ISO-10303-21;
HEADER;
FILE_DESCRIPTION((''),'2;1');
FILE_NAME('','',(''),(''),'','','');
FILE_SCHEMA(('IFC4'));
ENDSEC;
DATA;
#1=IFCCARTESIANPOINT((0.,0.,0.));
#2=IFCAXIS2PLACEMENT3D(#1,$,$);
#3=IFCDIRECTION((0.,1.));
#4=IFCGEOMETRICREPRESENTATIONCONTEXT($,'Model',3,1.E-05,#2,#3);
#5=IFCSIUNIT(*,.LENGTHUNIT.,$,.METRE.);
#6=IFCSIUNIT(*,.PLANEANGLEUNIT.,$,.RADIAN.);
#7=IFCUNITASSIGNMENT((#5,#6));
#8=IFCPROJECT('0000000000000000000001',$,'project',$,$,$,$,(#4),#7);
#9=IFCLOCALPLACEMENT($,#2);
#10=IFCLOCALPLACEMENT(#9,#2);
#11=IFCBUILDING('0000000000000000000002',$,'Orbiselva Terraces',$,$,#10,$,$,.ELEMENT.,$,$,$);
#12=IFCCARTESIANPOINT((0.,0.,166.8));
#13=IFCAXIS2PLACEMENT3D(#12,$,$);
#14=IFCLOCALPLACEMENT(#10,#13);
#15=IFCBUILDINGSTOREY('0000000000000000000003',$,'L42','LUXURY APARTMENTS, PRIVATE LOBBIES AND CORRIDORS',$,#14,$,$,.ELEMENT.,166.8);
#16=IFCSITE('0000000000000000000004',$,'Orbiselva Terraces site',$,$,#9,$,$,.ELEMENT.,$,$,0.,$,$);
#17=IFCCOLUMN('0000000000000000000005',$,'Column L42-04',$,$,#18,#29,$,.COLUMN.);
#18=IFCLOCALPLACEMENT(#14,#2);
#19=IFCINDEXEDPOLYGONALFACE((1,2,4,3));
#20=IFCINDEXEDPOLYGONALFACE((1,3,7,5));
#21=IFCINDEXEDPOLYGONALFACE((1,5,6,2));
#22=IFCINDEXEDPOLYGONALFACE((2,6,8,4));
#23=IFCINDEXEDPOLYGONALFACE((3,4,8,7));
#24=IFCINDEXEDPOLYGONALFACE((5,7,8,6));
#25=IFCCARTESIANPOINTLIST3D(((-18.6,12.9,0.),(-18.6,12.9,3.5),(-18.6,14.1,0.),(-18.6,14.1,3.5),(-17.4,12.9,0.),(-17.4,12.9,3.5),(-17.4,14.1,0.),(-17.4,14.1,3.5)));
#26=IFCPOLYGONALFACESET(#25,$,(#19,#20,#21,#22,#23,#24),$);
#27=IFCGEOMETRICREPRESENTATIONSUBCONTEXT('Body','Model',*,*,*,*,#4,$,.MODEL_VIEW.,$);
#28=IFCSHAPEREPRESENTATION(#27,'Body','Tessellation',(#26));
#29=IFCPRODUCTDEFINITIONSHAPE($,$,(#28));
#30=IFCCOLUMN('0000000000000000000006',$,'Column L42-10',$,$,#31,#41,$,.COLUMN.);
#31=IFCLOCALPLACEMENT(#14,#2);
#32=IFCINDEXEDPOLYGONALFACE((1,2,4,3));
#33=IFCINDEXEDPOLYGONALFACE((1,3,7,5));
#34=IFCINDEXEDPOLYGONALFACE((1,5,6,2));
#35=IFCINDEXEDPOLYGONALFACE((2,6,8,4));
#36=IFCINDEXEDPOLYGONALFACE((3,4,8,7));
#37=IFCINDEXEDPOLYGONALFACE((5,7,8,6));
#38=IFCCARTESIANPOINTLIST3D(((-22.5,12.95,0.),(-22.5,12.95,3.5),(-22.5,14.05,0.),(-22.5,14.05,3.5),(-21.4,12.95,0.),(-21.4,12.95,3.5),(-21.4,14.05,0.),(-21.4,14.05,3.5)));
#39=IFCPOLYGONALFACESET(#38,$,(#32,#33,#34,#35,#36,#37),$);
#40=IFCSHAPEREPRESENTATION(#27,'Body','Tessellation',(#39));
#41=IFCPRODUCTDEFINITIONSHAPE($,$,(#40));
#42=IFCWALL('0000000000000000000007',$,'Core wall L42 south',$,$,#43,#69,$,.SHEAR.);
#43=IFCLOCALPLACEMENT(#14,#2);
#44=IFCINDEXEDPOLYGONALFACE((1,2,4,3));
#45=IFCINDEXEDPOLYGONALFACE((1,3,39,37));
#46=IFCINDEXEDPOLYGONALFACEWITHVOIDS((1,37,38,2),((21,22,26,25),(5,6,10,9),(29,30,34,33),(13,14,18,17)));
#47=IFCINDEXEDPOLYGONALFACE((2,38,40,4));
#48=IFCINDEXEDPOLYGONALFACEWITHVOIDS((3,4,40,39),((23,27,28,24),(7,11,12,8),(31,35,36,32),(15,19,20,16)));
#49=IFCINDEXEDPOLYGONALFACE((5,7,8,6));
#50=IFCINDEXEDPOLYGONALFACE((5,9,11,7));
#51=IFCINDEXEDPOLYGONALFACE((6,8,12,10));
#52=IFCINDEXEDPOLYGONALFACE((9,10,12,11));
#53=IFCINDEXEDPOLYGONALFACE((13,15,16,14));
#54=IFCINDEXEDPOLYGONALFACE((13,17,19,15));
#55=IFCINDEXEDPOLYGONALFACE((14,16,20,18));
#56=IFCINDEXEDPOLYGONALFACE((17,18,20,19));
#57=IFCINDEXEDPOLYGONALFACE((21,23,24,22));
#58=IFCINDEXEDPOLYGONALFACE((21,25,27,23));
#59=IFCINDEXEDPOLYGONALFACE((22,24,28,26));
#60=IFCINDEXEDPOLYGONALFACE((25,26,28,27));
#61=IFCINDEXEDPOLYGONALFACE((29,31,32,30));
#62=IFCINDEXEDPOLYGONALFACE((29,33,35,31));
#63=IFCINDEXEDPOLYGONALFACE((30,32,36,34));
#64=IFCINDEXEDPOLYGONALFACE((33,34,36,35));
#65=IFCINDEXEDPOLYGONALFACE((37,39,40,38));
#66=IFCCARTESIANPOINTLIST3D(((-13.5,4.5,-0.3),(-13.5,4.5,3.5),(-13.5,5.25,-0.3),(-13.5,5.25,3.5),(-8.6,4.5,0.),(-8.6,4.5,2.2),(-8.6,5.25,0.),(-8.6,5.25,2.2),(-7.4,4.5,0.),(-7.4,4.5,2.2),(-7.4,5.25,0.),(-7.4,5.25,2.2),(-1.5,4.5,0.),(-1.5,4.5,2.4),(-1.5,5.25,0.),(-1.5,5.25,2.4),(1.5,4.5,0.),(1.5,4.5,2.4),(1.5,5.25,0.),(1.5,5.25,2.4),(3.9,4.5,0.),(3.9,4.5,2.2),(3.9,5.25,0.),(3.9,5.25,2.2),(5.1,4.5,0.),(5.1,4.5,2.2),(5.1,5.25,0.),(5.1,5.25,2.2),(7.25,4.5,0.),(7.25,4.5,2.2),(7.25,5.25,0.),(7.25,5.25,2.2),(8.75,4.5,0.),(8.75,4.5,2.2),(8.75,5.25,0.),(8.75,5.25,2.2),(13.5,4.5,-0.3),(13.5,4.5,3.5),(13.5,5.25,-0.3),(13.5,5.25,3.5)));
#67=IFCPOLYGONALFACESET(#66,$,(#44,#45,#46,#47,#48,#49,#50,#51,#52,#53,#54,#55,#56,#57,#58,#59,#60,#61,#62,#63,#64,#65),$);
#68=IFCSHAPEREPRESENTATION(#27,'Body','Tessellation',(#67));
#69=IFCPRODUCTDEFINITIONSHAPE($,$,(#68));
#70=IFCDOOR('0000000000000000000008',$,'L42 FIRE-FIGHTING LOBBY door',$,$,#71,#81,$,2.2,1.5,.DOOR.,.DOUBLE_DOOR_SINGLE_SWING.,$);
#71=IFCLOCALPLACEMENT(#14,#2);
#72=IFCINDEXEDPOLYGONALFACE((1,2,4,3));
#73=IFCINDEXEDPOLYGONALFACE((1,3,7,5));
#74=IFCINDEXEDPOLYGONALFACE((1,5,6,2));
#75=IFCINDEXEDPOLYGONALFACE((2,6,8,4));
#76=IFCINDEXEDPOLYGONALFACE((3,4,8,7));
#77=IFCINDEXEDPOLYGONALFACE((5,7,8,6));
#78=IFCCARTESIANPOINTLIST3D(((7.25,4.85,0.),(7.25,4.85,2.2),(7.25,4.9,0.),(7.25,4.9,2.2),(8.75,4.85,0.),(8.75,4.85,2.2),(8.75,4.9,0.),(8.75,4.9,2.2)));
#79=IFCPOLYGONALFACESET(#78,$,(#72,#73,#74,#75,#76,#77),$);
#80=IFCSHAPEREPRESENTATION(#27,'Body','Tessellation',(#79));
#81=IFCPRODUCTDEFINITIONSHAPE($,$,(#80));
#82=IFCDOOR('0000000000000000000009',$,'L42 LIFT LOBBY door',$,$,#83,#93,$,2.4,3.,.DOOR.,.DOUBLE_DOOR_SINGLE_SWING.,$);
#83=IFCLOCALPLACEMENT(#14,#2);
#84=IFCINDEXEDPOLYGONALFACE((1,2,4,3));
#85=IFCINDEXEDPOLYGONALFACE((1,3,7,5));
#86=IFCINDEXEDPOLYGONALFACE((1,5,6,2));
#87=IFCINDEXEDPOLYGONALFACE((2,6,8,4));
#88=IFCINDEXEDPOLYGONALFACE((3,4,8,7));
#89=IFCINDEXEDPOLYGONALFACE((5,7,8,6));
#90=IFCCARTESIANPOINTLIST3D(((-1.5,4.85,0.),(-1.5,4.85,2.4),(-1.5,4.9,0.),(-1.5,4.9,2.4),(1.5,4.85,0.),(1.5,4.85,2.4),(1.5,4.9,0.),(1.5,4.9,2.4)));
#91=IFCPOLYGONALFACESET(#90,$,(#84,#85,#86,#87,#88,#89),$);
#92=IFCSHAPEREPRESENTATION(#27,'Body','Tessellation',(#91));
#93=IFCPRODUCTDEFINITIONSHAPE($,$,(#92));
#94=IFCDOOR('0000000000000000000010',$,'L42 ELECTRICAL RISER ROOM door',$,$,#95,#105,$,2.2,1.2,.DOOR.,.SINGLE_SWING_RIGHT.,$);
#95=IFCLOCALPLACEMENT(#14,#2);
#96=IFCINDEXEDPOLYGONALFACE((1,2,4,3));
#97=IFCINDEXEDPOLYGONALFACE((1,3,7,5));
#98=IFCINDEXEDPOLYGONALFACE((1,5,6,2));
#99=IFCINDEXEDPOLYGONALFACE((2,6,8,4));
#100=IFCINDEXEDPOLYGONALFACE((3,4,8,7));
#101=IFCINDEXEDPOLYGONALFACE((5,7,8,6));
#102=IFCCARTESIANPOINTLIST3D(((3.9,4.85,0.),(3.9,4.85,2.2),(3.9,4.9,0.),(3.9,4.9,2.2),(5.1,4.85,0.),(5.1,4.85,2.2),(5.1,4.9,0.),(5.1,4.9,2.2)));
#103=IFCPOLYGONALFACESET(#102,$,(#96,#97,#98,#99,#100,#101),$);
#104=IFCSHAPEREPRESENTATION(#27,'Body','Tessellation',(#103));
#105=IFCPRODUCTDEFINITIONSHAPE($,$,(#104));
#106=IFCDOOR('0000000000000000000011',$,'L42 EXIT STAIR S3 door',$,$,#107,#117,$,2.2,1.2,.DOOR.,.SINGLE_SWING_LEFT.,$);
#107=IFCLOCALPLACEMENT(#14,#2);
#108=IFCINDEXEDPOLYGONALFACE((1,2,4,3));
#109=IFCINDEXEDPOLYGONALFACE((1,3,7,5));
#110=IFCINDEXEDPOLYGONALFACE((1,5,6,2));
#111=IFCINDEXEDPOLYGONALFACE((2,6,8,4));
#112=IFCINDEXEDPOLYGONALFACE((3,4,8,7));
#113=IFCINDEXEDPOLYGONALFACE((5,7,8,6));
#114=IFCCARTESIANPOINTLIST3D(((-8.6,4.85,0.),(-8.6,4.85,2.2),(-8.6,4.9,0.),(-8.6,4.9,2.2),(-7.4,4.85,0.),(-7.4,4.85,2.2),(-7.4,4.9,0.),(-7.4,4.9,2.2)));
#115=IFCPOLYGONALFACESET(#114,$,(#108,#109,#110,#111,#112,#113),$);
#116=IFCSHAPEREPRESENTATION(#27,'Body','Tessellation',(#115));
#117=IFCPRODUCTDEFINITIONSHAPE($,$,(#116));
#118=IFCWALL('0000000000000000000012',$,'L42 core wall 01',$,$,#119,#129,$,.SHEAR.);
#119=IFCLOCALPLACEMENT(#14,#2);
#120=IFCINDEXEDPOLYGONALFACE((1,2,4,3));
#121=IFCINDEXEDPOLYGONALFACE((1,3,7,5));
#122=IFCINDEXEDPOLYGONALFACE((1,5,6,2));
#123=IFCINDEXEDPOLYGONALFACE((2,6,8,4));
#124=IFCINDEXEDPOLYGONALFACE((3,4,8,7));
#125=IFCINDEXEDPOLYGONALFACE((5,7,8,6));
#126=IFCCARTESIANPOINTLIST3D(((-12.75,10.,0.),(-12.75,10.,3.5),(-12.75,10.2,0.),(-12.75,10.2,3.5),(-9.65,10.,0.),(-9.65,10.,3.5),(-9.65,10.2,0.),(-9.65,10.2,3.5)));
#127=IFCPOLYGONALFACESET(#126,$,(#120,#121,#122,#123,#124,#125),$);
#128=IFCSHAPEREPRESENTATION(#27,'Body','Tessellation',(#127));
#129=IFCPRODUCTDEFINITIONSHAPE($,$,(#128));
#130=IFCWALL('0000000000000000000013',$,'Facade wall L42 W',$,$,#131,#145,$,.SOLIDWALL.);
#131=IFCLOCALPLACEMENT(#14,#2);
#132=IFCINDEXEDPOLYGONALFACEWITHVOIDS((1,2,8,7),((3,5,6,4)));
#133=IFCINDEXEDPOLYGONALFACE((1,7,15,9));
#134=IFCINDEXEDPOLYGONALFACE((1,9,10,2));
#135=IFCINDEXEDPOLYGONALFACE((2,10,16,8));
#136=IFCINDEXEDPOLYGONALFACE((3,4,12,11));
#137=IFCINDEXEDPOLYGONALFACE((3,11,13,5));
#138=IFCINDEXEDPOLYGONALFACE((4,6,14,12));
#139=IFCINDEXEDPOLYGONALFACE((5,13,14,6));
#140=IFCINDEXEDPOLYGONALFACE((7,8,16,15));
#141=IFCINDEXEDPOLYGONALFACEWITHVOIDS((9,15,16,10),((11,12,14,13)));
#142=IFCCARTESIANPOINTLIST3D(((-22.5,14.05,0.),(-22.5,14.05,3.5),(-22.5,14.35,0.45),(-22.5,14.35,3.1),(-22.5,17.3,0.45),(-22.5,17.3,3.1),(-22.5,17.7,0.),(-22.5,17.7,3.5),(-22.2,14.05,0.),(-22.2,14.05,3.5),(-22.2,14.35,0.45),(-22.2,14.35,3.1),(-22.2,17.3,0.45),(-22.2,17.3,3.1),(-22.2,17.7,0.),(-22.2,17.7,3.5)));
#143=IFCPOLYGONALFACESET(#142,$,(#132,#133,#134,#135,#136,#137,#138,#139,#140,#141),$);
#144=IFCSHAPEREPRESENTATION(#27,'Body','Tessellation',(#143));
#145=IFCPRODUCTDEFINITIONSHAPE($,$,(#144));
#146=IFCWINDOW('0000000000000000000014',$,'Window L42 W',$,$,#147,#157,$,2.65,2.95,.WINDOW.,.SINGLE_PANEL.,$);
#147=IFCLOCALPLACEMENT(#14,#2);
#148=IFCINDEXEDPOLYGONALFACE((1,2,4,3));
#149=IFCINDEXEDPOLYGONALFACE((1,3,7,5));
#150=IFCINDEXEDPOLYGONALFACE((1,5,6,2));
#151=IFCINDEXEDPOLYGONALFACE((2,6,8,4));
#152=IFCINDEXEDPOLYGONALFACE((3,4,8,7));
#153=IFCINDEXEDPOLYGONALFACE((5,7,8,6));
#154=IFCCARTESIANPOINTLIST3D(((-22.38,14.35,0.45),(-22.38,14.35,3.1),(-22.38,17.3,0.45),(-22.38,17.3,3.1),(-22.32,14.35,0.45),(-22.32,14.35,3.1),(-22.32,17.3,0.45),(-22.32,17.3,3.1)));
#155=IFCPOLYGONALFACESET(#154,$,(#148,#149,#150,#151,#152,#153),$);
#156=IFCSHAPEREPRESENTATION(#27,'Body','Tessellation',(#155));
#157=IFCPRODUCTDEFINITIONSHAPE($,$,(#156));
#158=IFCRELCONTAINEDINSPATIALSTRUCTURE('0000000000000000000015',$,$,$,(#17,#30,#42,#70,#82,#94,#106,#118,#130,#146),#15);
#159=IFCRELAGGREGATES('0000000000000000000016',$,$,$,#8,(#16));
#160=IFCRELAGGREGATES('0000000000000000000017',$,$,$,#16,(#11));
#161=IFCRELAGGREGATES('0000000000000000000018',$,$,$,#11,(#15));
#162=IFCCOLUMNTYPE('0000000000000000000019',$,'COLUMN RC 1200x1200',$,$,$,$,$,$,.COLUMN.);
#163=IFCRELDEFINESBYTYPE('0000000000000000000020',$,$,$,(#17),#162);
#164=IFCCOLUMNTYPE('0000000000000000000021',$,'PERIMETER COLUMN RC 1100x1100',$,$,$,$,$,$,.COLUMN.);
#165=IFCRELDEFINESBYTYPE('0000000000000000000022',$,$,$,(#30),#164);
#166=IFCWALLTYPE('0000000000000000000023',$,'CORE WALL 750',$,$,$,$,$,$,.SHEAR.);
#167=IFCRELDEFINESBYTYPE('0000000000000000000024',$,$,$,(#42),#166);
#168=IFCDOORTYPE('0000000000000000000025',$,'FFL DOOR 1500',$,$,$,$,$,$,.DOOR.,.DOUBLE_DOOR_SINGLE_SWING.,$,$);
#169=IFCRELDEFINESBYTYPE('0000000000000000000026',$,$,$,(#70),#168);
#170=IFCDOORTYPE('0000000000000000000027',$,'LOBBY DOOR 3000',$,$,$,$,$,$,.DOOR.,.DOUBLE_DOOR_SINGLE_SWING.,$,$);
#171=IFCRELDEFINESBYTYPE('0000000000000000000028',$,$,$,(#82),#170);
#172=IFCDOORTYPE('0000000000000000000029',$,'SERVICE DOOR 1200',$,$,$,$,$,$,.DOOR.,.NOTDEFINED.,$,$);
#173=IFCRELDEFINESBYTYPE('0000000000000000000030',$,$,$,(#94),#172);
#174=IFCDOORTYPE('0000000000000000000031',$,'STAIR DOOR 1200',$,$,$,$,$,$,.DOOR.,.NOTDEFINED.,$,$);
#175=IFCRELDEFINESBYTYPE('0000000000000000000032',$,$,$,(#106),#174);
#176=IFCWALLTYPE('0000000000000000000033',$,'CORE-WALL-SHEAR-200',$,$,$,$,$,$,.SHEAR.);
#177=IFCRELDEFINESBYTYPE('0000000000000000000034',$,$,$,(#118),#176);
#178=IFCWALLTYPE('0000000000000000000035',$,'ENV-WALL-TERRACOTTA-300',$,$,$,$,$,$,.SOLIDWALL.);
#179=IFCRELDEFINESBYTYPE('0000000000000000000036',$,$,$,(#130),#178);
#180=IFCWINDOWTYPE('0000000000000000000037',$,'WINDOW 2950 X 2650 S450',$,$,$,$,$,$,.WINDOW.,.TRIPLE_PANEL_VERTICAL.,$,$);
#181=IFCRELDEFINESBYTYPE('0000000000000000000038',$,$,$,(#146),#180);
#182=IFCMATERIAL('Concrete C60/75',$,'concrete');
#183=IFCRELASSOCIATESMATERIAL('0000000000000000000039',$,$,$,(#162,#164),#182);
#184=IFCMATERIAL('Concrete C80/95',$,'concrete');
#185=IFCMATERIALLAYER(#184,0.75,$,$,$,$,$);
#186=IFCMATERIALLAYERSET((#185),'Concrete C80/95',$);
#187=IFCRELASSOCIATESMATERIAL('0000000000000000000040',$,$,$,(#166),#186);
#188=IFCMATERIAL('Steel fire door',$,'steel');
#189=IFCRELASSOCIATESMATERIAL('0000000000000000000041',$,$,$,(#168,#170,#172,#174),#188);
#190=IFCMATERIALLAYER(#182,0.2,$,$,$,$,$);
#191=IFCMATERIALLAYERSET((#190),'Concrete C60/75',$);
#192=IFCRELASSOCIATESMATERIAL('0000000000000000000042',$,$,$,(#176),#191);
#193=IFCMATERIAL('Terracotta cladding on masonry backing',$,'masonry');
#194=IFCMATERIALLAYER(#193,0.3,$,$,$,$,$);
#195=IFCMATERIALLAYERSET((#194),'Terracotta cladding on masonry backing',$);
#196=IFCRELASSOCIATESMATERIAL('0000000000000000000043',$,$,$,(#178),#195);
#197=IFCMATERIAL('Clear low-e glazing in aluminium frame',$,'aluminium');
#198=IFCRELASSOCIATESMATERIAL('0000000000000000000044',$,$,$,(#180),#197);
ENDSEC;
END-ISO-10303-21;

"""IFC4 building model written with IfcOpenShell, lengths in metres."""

from ifc_helpers import new_model, si_unit, direction, frame, frame_2d, origin, origin_2d, place, context, subcontext, project, spatial, rectangle, extrude, material, layer, layer_set, material_profile, profile_set, type_object, element, fill, save


model = new_model("IFC4")

# Units and contexts
model_context = context("Model", 3, precision=1e-05, world=origin(), true_north=direction((0.0, 1.0)))
body_context = subcontext(model_context, "Body", "Model", "MODEL_VIEW")
ifc_project = project(units=[si_unit("LENGTHUNIT", "METRE"), si_unit("PLANEANGLEUNIT", "RADIAN")], contexts=[model_context])

# Site, building, storey
site_placement = place(None, origin())
site = spatial("IfcSite", under=ifc_project, at=site_placement, Name="Orbiselva Terraces site", CompositionType="ELEMENT", RefElevation=0.0)
building_placement = place(site_placement, origin())
building = spatial("IfcBuilding", under=site, at=building_placement, Name="Orbiselva Terraces", CompositionType="ELEMENT")
storey_placement = place(building_placement, frame((0.0, 0.0, 166.8)))
storey = spatial("IfcBuildingStorey", under=building, at=storey_placement, Name="L42", Description="LUXURY APARTMENTS, PRIVATE LOBBIES AND CORRIDORS", CompositionType="ELEMENT", Elevation=166.8)

# Columns
ifc_material_1 = material(Name="Concrete C60/75", Category="concrete")
ifc_material_profile_1 = material_profile(ifc_material_1, rectangle(XDim=1.2, YDim=1.2, at=origin_2d()), Name="RC 1200x1200")
ifc_profile_set_1 = profile_set([ifc_material_profile_1], Name="Concrete C60/75")
column_type_1 = type_object("IfcColumnType", Name="COLUMN RC 1200x1200", PredefinedType="COLUMN", material=ifc_profile_set_1)
column_1_placement = place(storey_placement, frame((-18.0, 13.5, 0.0), z_axis=(0.0, 0.0, 1.0), x_axis=(1.0, 0.0, 0.0)))
element("IfcColumn", 1, at=column_1_placement, inside=storey, type_object=column_type_1, Name="Column L42-04", PredefinedType="COLUMN", context=body_context, shape_type="SweptSolid", body=[
    extrude(rectangle(XDim=1.2, YDim=1.2, at=origin_2d()), origin(), (0.0, 0.0, 1.0), 3.5),
])
ifc_material_profile_2 = material_profile(ifc_material_1, rectangle(XDim=1.1, YDim=1.1, at=origin_2d()), Name="RC 1100x1100")
ifc_profile_set_2 = profile_set([ifc_material_profile_2], Name="Concrete C60/75")
column_type_2 = type_object("IfcColumnType", Name="PERIMETER COLUMN RC 1100x1100", PredefinedType="COLUMN", material=ifc_profile_set_2)
column_2_placement = place(storey_placement, frame((-21.95, 13.5, 0.0), z_axis=(0.0, 0.0, 1.0), x_axis=(1.0, 0.0, 0.0)))
element("IfcColumn", 2, at=column_2_placement, inside=storey, type_object=column_type_2, Name="Column L42-10", PredefinedType="COLUMN", context=body_context, shape_type="SweptSolid", body=[
    extrude(rectangle(XDim=1.1, YDim=1.1, at=origin_2d()), origin(), (0.0, 0.0, 1.0), 3.5),
])

# Wall, openings, doors
ifc_material_2 = material(Name="Concrete C80/95", Category="concrete")
ifc_layer_1 = layer(ifc_material_2, 0.75)
ifc_layer_set_1 = layer_set([ifc_layer_1], Name="Concrete C80/95")
wall_type_1 = type_object("IfcWallType", Name="CORE WALL 750", PredefinedType="SHEAR", material=ifc_layer_set_1)
wall_1_placement = place(storey_placement, frame((-13.5, 4.875, -0.3), z_axis=(0.0, 0.0, 1.0), x_axis=(1.0, 0.0, 0.0)))
wall_1 = element("IfcWall", 3, at=wall_1_placement, inside=storey, type_object=wall_type_1, Name="Core wall L42 south", PredefinedType="SHEAR", context=body_context, shape_type="SweptSolid", body=[
    extrude(rectangle(XDim=27.0, YDim=0.75, at=frame_2d((13.5, 0.0))), origin(), (0.0, 0.0, 1.0), 3.8),
])
opening_1_placement = place(wall_1_placement, frame((12.0, 0.0, 0.3)))
opening_1 = element("IfcOpeningElement", 4, at=opening_1_placement, cuts=wall_1, PredefinedType="OPENING", context=body_context, shape_type="SweptSolid", body=[
    extrude(rectangle(XDim=3.0, YDim=2.4, at=frame_2d((1.5, 1.2))), frame((0.0, 0.385, 0.0), z_axis=(0.0, -1.0, 0.0), x_axis=(1.0, 0.0, 0.0)), (0.0, 0.0, 1.0), 0.77),
])
opening_2_placement = place(wall_1_placement, frame((4.9, 0.0, 0.3)))
opening_2 = element("IfcOpeningElement", 5, at=opening_2_placement, cuts=wall_1, PredefinedType="OPENING", context=body_context, shape_type="SweptSolid", body=[
    extrude(rectangle(XDim=1.2, YDim=2.2, at=frame_2d((0.6, 1.1))), frame((0.0, 0.385, 0.0), z_axis=(0.0, -1.0, 0.0), x_axis=(1.0, 0.0, 0.0)), (0.0, 0.0, 1.0), 0.77),
])
opening_3_placement = place(wall_1_placement, frame((20.75, 0.0, 0.3)))
opening_3 = element("IfcOpeningElement", 6, at=opening_3_placement, cuts=wall_1, PredefinedType="OPENING", context=body_context, shape_type="SweptSolid", body=[
    extrude(rectangle(XDim=1.5, YDim=2.2, at=frame_2d((0.75, 1.1))), frame((0.0, 0.385, 0.0), z_axis=(0.0, -1.0, 0.0), x_axis=(1.0, 0.0, 0.0)), (0.0, 0.0, 1.0), 0.77),
])
opening_4_placement = place(wall_1_placement, frame((17.4, 0.0, 0.3)))
opening_4 = element("IfcOpeningElement", 7, at=opening_4_placement, cuts=wall_1, PredefinedType="OPENING", context=body_context, shape_type="SweptSolid", body=[
    extrude(rectangle(XDim=1.2, YDim=2.2, at=frame_2d((0.6, 1.1))), frame((0.0, 0.385, 0.0), z_axis=(0.0, -1.0, 0.0), x_axis=(1.0, 0.0, 0.0)), (0.0, 0.0, 1.0), 0.77),
])
ifc_material_3 = material(Name="Steel fire door", Category="steel")
door_type_1 = type_object("IfcDoorType", Name="FFL DOOR 1500", OperationType="DOUBLE_DOOR_SINGLE_SWING", PredefinedType="DOOR", material=ifc_material_3)
door_1_placement = place(opening_3_placement, frame((1.5, 0.0, 0.0), z_axis=(0.0, 0.0, 1.0), x_axis=(-1.0, 0.0, 0.0)))
door_1 = element("IfcDoor", 8, at=door_1_placement, inside=storey, type_object=door_type_1, Name="L42 FIRE-FIGHTING LOBBY door", OperationType="DOUBLE_DOOR_SINGLE_SWING", OverallHeight=2.2, OverallWidth=1.5, PredefinedType="DOOR", context=body_context, shape_type="SweptSolid", body=[
    extrude(rectangle(XDim=1.5, YDim=2.2, at=frame_2d((0.75, 1.1))), frame((0.0, 0.025, 0.0), z_axis=(0.0, -1.0, 0.0), x_axis=(1.0, 0.0, 0.0)), (0.0, 0.0, 1.0), 0.05),
])
fill(opening_3, door_1)
door_type_2 = type_object("IfcDoorType", Name="LOBBY DOOR 3000", OperationType="DOUBLE_DOOR_SINGLE_SWING", PredefinedType="DOOR", material=ifc_material_3)
door_2_placement = place(opening_1_placement, frame((3.0, 0.0, 0.0), z_axis=(0.0, 0.0, 1.0), x_axis=(-1.0, 0.0, 0.0)))
door_2 = element("IfcDoor", 9, at=door_2_placement, inside=storey, type_object=door_type_2, Name="L42 LIFT LOBBY door", OperationType="DOUBLE_DOOR_SINGLE_SWING", OverallHeight=2.4, OverallWidth=3.0, PredefinedType="DOOR", context=body_context, shape_type="SweptSolid", body=[
    extrude(rectangle(XDim=3.0, YDim=2.4, at=frame_2d((1.5, 1.2))), frame((0.0, 0.025, 0.0), z_axis=(0.0, -1.0, 0.0), x_axis=(1.0, 0.0, 0.0)), (0.0, 0.0, 1.0), 0.05),
])
fill(opening_1, door_2)
door_type_3 = type_object("IfcDoorType", Name="SERVICE DOOR 1200", OperationType="NOTDEFINED", PredefinedType="DOOR", material=ifc_material_3)
door_3_placement = place(opening_4_placement, frame((1.2, 0.0, 0.0), z_axis=(0.0, 0.0, 1.0), x_axis=(-1.0, 0.0, 0.0)))
door_3 = element("IfcDoor", 10, at=door_3_placement, inside=storey, type_object=door_type_3, Name="L42 ELECTRICAL RISER ROOM door", OperationType="SINGLE_SWING_RIGHT", OverallHeight=2.2, OverallWidth=1.2, PredefinedType="DOOR", context=body_context, shape_type="SweptSolid", body=[
    extrude(rectangle(XDim=1.2, YDim=2.2, at=frame_2d((0.6, 1.1))), frame((0.0, 0.025, 0.0), z_axis=(0.0, -1.0, 0.0), x_axis=(1.0, 0.0, 0.0)), (0.0, 0.0, 1.0), 0.05),
])
fill(opening_4, door_3)
door_type_4 = type_object("IfcDoorType", Name="STAIR DOOR 1200", OperationType="NOTDEFINED", PredefinedType="DOOR", material=ifc_material_3)
door_4_placement = place(opening_2_placement, frame((1.2, 0.0, 0.0), z_axis=(0.0, 0.0, 1.0), x_axis=(-1.0, 0.0, 0.0)))
door_4 = element("IfcDoor", 11, at=door_4_placement, inside=storey, type_object=door_type_4, Name="L42 EXIT STAIR S3 door", OperationType="SINGLE_SWING_LEFT", OverallHeight=2.2, OverallWidth=1.2, PredefinedType="DOOR", context=body_context, shape_type="SweptSolid", body=[
    extrude(rectangle(XDim=1.2, YDim=2.2, at=frame_2d((0.6, 1.1))), frame((0.0, 0.025, 0.0), z_axis=(0.0, -1.0, 0.0), x_axis=(1.0, 0.0, 0.0)), (0.0, 0.0, 1.0), 0.05),
])
fill(opening_2, door_4)

# Wall
ifc_layer_2 = layer(ifc_material_1, 0.2)
ifc_layer_set_2 = layer_set([ifc_layer_2], Name="Concrete C60/75")
wall_type_2 = type_object("IfcWallType", Name="CORE-WALL-SHEAR-200", PredefinedType="SHEAR", material=ifc_layer_set_2)
wall_2_placement = place(storey_placement, frame((-12.75, 10.1, 0.0), z_axis=(0.0, 0.0, 1.0), x_axis=(1.0, 0.0, 0.0)))
element("IfcWall", 12, at=wall_2_placement, inside=storey, type_object=wall_type_2, Name="L42 core wall 01", PredefinedType="SHEAR", context=body_context, shape_type="SweptSolid", body=[
    extrude(rectangle(XDim=3.1, YDim=0.2, at=frame_2d((1.55, 0.0))), origin(), (0.0, 0.0, 1.0), 3.5),
])

# Wall, opening, window
ifc_material_4 = material(Name="Terracotta cladding on masonry backing", Category="masonry")
ifc_layer_3 = layer(ifc_material_4, 0.3)
ifc_layer_set_3 = layer_set([ifc_layer_3], Name="Terracotta cladding on masonry backing")
wall_type_3 = type_object("IfcWallType", Name="ENV-WALL-TERRACOTTA-300", PredefinedType="SOLIDWALL", material=ifc_layer_set_3)
wall_3_placement = place(storey_placement, frame((-22.35, 14.05, 0.0), z_axis=(0.0, 0.0, 1.0), x_axis=(0.0, 1.0, 0.0)))
wall_3 = element("IfcWall", 13, at=wall_3_placement, inside=storey, type_object=wall_type_3, Name="Facade wall L42 W", PredefinedType="SOLIDWALL", context=body_context, shape_type="SweptSolid", body=[
    extrude(rectangle(XDim=3.65, YDim=0.3, at=frame_2d((1.825, 0.0))), origin(), (0.0, 0.0, 1.0), 3.5),
])
opening_5_placement = place(wall_3_placement, frame((0.3, 0.0, 0.45)))
opening_5 = element("IfcOpeningElement", 14, at=opening_5_placement, cuts=wall_3, PredefinedType="OPENING", context=body_context, shape_type="SweptSolid", body=[
    extrude(rectangle(XDim=2.95, YDim=2.65, at=frame_2d((1.475, 1.325))), frame((0.0, 0.16, 0.0), z_axis=(0.0, -1.0, 0.0), x_axis=(1.0, 0.0, 0.0)), (0.0, 0.0, 1.0), 0.32),
])
ifc_material_5 = material(Name="Clear low-e glazing in aluminium frame", Category="aluminium")
window_type = type_object("IfcWindowType", Name="WINDOW 2950 X 2650 S450", PartitioningType="TRIPLE_PANEL_VERTICAL", PredefinedType="WINDOW", material=ifc_material_5)
window_1_placement = place(opening_5_placement, origin())
window_1 = element("IfcWindow", 15, at=window_1_placement, inside=storey, type_object=window_type, Name="Window L42 W", OverallHeight=2.65, OverallWidth=2.95, PartitioningType="SINGLE_PANEL", PredefinedType="WINDOW", context=body_context, shape_type="SweptSolid", body=[
    extrude(rectangle(XDim=2.95, YDim=2.65, at=frame_2d((1.475, 1.325))), frame((0.0, 0.03, 0.0), z_axis=(0.0, -1.0, 0.0), x_axis=(1.0, 0.0, 0.0)), (0.0, 0.0, 1.0), 0.06),
])
fill(opening_5, window_1)

save(model, "model.ifc")
